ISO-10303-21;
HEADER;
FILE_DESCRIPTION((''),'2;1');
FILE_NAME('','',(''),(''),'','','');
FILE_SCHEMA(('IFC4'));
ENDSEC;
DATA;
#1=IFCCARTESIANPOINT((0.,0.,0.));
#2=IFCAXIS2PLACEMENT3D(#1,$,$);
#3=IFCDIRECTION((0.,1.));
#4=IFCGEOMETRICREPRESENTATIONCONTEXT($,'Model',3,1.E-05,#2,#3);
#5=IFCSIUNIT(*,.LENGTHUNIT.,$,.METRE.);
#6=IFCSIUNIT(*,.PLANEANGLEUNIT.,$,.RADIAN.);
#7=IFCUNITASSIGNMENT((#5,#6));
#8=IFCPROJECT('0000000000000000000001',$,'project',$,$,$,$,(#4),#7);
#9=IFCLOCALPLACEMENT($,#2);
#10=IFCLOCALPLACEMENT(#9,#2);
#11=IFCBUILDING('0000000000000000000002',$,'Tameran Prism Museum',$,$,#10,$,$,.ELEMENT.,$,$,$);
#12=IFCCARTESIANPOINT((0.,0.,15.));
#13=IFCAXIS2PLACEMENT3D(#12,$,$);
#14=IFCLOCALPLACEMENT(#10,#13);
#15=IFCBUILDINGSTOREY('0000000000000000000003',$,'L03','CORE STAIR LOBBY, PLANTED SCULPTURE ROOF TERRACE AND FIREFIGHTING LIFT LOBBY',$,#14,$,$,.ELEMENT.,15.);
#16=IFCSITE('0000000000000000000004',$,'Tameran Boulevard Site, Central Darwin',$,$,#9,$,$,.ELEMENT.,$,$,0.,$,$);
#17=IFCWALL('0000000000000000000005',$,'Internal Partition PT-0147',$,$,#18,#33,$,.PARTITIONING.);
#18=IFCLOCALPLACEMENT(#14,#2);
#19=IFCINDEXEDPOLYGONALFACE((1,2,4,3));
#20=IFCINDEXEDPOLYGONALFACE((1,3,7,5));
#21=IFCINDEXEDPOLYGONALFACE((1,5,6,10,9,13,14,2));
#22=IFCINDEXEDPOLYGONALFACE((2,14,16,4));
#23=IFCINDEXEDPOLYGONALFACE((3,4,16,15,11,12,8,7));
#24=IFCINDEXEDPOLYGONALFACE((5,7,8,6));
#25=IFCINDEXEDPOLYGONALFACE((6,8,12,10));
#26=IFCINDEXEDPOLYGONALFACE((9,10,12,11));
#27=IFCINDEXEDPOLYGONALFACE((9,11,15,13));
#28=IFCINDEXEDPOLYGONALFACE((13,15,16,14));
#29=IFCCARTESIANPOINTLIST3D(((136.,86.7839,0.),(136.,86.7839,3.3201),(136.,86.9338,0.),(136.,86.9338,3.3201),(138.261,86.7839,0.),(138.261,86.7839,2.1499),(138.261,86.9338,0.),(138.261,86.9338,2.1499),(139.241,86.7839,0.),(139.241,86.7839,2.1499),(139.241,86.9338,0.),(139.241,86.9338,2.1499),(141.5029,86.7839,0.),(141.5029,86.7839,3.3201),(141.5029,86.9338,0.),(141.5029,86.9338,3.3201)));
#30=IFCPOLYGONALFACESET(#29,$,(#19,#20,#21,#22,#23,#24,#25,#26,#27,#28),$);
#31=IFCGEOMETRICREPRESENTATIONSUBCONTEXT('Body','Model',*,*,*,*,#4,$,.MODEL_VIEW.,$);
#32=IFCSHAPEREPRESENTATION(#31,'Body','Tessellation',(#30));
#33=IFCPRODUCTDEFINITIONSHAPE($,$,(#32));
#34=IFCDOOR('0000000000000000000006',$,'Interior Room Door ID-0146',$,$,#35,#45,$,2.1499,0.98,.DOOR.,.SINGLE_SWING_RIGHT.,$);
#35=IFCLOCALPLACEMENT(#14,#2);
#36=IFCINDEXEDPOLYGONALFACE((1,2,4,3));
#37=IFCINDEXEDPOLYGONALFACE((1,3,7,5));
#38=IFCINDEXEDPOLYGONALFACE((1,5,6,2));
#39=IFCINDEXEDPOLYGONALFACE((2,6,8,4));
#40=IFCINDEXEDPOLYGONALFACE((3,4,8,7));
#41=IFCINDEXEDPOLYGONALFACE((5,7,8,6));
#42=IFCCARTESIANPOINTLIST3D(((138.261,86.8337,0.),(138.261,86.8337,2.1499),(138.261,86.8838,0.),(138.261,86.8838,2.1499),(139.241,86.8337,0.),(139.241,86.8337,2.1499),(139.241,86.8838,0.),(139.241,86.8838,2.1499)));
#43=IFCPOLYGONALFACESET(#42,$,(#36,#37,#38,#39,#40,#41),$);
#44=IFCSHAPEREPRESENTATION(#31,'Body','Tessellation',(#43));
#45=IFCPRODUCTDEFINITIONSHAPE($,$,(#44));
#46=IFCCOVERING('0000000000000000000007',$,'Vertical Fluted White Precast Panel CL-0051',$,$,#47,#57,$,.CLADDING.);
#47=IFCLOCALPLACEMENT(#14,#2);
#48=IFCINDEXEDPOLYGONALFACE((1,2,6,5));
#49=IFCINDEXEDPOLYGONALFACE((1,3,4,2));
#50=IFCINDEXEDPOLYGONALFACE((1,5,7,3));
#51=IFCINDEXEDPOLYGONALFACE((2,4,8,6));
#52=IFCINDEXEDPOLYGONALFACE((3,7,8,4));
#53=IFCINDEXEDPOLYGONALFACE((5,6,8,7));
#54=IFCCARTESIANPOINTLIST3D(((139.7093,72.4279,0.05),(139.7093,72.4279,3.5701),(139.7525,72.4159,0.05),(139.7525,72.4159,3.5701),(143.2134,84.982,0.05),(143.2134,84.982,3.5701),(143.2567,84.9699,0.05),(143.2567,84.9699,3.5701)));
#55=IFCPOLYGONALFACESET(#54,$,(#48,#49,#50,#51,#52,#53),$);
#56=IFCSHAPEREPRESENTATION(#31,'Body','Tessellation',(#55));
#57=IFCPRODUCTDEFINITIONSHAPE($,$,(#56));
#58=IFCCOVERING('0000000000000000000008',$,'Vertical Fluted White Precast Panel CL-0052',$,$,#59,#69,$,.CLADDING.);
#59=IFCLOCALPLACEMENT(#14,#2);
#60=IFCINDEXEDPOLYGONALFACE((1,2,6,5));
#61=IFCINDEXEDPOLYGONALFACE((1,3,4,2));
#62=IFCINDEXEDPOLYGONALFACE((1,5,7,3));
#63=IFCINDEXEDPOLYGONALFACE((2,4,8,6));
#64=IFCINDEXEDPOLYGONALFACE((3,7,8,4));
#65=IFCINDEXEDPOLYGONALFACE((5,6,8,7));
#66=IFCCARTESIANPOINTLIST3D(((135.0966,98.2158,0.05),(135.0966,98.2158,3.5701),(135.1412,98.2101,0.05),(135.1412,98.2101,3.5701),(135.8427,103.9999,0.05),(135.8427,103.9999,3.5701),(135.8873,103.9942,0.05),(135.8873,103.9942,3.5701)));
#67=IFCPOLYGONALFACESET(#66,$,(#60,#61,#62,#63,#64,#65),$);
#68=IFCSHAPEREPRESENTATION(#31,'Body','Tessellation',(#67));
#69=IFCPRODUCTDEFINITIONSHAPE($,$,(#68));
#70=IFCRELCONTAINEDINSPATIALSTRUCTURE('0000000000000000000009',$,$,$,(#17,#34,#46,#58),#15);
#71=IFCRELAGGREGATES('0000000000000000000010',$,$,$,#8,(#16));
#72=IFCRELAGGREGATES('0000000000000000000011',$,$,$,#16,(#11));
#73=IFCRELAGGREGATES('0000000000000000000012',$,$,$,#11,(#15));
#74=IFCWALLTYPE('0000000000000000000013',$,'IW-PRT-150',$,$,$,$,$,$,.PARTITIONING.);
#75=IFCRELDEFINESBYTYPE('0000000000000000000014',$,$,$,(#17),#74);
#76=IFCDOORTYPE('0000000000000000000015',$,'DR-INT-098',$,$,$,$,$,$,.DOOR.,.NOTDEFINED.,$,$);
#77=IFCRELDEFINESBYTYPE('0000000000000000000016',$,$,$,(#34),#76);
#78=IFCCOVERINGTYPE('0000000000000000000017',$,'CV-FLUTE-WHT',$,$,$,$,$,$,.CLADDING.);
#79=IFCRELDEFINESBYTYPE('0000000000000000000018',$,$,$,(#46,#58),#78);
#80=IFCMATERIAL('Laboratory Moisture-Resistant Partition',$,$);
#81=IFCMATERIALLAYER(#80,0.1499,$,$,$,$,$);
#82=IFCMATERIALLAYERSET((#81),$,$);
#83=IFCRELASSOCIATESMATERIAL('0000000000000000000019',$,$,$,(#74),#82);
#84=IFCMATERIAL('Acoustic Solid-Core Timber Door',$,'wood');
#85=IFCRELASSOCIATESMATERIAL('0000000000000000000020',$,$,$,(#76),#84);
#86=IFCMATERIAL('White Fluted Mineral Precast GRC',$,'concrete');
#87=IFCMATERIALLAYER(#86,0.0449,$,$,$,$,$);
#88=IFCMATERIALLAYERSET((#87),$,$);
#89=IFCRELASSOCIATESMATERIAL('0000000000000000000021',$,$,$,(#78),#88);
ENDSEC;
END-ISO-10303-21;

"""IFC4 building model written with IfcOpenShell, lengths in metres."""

from ifc_helpers import new_model, si_unit, direction, frame, frame_2d, origin, place, context, subcontext, project, spatial, rectangle, extrude, material, layer, layer_set, type_object, element, fill, save


model = new_model("IFC4")

# Units and contexts
model_context = context("Model", 3, precision=1e-05, world=origin(), true_north=direction((0.0, 1.0)))
body_context = subcontext(model_context, "Body", "Model", "MODEL_VIEW")
ifc_project = project(units=[si_unit("LENGTHUNIT", "METRE"), si_unit("PLANEANGLEUNIT", "RADIAN")], contexts=[model_context])

# Site, building, storey
site_placement = place(None, origin())
site = spatial("IfcSite", under=ifc_project, at=site_placement, Name="Tameran Boulevard Site, Central Darwin", CompositionType="ELEMENT", RefElevation=0.0)
building_placement = place(site_placement, origin())
building = spatial("IfcBuilding", under=site, at=building_placement, Name="Tameran Prism Museum", CompositionType="ELEMENT")
storey_placement = place(building_placement, frame((0.0, 0.0, 15.0)))
storey = spatial("IfcBuildingStorey", under=building, at=storey_placement, Name="L03", Description="CORE STAIR LOBBY, PLANTED SCULPTURE ROOF TERRACE AND FIREFIGHTING LIFT LOBBY", CompositionType="ELEMENT", Elevation=15.0)

# Wall, opening, door
ifc_material_1 = material(Name="Laboratory Moisture-Resistant Partition")
ifc_layer_1 = layer(ifc_material_1, 0.1499)
ifc_layer_set_1 = layer_set([ifc_layer_1])
wall_type_1 = type_object("IfcWallType", Name="IW-PRT-150", PredefinedType="PARTITIONING", material=ifc_layer_set_1)
wall_1_placement = place(storey_placement, frame((136.0, 86.8589, 0.0), z_axis=(0.0, 0.0, 1.0), x_axis=(1.0, 0.0, 0.0)))
wall_1 = element("IfcWall", 1, at=wall_1_placement, inside=storey, type_object=wall_type_1, Name="Internal Partition PT-0147", PredefinedType="PARTITIONING", context=body_context, shape_type="SweptSolid", body=[
    extrude(rectangle(XDim=5.5029, YDim=0.1499, at=frame_2d((2.7515, 0.0))), origin(), (0.0, 0.0, 1.0), 3.3201),
])
opening_1_placement = place(wall_1_placement, frame((2.261, 0.0, 0.0)))
opening_1 = element("IfcOpeningElement", 2, at=opening_1_placement, cuts=wall_1, PredefinedType="OPENING", context=body_context, shape_type="SweptSolid", body=[
    extrude(rectangle(XDim=0.98, YDim=2.1499, at=frame_2d((0.49, 1.075))), frame((0.0, 0.085, 0.0), z_axis=(0.0, -1.0, 0.0), x_axis=(1.0, 0.0, 0.0)), (0.0, 0.0, 1.0), 0.1699),
])
ifc_material_2 = material(Name="Acoustic Solid-Core Timber Door", Category="wood")
door_type_1 = type_object("IfcDoorType", Name="DR-INT-098", OperationType="NOTDEFINED", PredefinedType="DOOR", material=ifc_material_2)
door_1_placement = place(opening_1_placement, origin())
door_1 = element("IfcDoor", 3, at=door_1_placement, inside=storey, type_object=door_type_1, Name="Interior Room Door ID-0146", OperationType="SINGLE_SWING_RIGHT", OverallHeight=2.1499, OverallWidth=0.98, PredefinedType="DOOR", context=body_context, shape_type="SweptSolid", body=[
    extrude(rectangle(XDim=0.98, YDim=2.1499, at=frame_2d((0.49, 1.075))), frame((0.0, 0.0249, 0.0), z_axis=(0.0, -1.0, 0.0), x_axis=(1.0, 0.0, 0.0)), (0.0, 0.0, 1.0), 0.05),
])
fill(opening_1, door_1)

# Coverings
ifc_material_3 = material(Name="White Fluted Mineral Precast GRC", Category="concrete")
ifc_layer_2 = layer(ifc_material_3, 0.0449)
ifc_layer_set_2 = layer_set([ifc_layer_2])
covering_type = type_object("IfcCoveringType", Name="CV-FLUTE-WHT", PredefinedType="CLADDING", material=ifc_layer_set_2)
covering_1_placement = place(storey_placement, frame((143.2351, 84.9761, 0.05), z_axis=(0.0, 0.0, 1.0), x_axis=(-0.26885, -0.963182, 0.0)))
element("IfcCovering", 4, at=covering_1_placement, inside=storey, type_object=covering_type, Name="Vertical Fluted White Precast Panel CL-0051", PredefinedType="CLADDING", context=body_context, shape_type="SweptSolid", body=[
    extrude(rectangle(XDim=13.0339, YDim=0.0449, at=frame_2d((6.5171, 0.0))), origin(), (0.0, 0.0, 1.0), 3.52),
])
covering_2_placement = place(storey_placement, frame((135.865, 103.9971, 0.05), z_axis=(0.0, 0.0, 1.0), x_axis=(-0.127929, -0.991783, 0.0)))
element("IfcCovering", 5, at=covering_2_placement, inside=storey, type_object=covering_type, Name="Vertical Fluted White Precast Panel CL-0052", PredefinedType="CLADDING", context=body_context, shape_type="SweptSolid", body=[
    extrude(rectangle(XDim=5.832, YDim=0.0449, at=frame_2d((2.916, 0.0))), origin(), (0.0, 0.0, 1.0), 3.52),
])

save(model, "model.ifc")
